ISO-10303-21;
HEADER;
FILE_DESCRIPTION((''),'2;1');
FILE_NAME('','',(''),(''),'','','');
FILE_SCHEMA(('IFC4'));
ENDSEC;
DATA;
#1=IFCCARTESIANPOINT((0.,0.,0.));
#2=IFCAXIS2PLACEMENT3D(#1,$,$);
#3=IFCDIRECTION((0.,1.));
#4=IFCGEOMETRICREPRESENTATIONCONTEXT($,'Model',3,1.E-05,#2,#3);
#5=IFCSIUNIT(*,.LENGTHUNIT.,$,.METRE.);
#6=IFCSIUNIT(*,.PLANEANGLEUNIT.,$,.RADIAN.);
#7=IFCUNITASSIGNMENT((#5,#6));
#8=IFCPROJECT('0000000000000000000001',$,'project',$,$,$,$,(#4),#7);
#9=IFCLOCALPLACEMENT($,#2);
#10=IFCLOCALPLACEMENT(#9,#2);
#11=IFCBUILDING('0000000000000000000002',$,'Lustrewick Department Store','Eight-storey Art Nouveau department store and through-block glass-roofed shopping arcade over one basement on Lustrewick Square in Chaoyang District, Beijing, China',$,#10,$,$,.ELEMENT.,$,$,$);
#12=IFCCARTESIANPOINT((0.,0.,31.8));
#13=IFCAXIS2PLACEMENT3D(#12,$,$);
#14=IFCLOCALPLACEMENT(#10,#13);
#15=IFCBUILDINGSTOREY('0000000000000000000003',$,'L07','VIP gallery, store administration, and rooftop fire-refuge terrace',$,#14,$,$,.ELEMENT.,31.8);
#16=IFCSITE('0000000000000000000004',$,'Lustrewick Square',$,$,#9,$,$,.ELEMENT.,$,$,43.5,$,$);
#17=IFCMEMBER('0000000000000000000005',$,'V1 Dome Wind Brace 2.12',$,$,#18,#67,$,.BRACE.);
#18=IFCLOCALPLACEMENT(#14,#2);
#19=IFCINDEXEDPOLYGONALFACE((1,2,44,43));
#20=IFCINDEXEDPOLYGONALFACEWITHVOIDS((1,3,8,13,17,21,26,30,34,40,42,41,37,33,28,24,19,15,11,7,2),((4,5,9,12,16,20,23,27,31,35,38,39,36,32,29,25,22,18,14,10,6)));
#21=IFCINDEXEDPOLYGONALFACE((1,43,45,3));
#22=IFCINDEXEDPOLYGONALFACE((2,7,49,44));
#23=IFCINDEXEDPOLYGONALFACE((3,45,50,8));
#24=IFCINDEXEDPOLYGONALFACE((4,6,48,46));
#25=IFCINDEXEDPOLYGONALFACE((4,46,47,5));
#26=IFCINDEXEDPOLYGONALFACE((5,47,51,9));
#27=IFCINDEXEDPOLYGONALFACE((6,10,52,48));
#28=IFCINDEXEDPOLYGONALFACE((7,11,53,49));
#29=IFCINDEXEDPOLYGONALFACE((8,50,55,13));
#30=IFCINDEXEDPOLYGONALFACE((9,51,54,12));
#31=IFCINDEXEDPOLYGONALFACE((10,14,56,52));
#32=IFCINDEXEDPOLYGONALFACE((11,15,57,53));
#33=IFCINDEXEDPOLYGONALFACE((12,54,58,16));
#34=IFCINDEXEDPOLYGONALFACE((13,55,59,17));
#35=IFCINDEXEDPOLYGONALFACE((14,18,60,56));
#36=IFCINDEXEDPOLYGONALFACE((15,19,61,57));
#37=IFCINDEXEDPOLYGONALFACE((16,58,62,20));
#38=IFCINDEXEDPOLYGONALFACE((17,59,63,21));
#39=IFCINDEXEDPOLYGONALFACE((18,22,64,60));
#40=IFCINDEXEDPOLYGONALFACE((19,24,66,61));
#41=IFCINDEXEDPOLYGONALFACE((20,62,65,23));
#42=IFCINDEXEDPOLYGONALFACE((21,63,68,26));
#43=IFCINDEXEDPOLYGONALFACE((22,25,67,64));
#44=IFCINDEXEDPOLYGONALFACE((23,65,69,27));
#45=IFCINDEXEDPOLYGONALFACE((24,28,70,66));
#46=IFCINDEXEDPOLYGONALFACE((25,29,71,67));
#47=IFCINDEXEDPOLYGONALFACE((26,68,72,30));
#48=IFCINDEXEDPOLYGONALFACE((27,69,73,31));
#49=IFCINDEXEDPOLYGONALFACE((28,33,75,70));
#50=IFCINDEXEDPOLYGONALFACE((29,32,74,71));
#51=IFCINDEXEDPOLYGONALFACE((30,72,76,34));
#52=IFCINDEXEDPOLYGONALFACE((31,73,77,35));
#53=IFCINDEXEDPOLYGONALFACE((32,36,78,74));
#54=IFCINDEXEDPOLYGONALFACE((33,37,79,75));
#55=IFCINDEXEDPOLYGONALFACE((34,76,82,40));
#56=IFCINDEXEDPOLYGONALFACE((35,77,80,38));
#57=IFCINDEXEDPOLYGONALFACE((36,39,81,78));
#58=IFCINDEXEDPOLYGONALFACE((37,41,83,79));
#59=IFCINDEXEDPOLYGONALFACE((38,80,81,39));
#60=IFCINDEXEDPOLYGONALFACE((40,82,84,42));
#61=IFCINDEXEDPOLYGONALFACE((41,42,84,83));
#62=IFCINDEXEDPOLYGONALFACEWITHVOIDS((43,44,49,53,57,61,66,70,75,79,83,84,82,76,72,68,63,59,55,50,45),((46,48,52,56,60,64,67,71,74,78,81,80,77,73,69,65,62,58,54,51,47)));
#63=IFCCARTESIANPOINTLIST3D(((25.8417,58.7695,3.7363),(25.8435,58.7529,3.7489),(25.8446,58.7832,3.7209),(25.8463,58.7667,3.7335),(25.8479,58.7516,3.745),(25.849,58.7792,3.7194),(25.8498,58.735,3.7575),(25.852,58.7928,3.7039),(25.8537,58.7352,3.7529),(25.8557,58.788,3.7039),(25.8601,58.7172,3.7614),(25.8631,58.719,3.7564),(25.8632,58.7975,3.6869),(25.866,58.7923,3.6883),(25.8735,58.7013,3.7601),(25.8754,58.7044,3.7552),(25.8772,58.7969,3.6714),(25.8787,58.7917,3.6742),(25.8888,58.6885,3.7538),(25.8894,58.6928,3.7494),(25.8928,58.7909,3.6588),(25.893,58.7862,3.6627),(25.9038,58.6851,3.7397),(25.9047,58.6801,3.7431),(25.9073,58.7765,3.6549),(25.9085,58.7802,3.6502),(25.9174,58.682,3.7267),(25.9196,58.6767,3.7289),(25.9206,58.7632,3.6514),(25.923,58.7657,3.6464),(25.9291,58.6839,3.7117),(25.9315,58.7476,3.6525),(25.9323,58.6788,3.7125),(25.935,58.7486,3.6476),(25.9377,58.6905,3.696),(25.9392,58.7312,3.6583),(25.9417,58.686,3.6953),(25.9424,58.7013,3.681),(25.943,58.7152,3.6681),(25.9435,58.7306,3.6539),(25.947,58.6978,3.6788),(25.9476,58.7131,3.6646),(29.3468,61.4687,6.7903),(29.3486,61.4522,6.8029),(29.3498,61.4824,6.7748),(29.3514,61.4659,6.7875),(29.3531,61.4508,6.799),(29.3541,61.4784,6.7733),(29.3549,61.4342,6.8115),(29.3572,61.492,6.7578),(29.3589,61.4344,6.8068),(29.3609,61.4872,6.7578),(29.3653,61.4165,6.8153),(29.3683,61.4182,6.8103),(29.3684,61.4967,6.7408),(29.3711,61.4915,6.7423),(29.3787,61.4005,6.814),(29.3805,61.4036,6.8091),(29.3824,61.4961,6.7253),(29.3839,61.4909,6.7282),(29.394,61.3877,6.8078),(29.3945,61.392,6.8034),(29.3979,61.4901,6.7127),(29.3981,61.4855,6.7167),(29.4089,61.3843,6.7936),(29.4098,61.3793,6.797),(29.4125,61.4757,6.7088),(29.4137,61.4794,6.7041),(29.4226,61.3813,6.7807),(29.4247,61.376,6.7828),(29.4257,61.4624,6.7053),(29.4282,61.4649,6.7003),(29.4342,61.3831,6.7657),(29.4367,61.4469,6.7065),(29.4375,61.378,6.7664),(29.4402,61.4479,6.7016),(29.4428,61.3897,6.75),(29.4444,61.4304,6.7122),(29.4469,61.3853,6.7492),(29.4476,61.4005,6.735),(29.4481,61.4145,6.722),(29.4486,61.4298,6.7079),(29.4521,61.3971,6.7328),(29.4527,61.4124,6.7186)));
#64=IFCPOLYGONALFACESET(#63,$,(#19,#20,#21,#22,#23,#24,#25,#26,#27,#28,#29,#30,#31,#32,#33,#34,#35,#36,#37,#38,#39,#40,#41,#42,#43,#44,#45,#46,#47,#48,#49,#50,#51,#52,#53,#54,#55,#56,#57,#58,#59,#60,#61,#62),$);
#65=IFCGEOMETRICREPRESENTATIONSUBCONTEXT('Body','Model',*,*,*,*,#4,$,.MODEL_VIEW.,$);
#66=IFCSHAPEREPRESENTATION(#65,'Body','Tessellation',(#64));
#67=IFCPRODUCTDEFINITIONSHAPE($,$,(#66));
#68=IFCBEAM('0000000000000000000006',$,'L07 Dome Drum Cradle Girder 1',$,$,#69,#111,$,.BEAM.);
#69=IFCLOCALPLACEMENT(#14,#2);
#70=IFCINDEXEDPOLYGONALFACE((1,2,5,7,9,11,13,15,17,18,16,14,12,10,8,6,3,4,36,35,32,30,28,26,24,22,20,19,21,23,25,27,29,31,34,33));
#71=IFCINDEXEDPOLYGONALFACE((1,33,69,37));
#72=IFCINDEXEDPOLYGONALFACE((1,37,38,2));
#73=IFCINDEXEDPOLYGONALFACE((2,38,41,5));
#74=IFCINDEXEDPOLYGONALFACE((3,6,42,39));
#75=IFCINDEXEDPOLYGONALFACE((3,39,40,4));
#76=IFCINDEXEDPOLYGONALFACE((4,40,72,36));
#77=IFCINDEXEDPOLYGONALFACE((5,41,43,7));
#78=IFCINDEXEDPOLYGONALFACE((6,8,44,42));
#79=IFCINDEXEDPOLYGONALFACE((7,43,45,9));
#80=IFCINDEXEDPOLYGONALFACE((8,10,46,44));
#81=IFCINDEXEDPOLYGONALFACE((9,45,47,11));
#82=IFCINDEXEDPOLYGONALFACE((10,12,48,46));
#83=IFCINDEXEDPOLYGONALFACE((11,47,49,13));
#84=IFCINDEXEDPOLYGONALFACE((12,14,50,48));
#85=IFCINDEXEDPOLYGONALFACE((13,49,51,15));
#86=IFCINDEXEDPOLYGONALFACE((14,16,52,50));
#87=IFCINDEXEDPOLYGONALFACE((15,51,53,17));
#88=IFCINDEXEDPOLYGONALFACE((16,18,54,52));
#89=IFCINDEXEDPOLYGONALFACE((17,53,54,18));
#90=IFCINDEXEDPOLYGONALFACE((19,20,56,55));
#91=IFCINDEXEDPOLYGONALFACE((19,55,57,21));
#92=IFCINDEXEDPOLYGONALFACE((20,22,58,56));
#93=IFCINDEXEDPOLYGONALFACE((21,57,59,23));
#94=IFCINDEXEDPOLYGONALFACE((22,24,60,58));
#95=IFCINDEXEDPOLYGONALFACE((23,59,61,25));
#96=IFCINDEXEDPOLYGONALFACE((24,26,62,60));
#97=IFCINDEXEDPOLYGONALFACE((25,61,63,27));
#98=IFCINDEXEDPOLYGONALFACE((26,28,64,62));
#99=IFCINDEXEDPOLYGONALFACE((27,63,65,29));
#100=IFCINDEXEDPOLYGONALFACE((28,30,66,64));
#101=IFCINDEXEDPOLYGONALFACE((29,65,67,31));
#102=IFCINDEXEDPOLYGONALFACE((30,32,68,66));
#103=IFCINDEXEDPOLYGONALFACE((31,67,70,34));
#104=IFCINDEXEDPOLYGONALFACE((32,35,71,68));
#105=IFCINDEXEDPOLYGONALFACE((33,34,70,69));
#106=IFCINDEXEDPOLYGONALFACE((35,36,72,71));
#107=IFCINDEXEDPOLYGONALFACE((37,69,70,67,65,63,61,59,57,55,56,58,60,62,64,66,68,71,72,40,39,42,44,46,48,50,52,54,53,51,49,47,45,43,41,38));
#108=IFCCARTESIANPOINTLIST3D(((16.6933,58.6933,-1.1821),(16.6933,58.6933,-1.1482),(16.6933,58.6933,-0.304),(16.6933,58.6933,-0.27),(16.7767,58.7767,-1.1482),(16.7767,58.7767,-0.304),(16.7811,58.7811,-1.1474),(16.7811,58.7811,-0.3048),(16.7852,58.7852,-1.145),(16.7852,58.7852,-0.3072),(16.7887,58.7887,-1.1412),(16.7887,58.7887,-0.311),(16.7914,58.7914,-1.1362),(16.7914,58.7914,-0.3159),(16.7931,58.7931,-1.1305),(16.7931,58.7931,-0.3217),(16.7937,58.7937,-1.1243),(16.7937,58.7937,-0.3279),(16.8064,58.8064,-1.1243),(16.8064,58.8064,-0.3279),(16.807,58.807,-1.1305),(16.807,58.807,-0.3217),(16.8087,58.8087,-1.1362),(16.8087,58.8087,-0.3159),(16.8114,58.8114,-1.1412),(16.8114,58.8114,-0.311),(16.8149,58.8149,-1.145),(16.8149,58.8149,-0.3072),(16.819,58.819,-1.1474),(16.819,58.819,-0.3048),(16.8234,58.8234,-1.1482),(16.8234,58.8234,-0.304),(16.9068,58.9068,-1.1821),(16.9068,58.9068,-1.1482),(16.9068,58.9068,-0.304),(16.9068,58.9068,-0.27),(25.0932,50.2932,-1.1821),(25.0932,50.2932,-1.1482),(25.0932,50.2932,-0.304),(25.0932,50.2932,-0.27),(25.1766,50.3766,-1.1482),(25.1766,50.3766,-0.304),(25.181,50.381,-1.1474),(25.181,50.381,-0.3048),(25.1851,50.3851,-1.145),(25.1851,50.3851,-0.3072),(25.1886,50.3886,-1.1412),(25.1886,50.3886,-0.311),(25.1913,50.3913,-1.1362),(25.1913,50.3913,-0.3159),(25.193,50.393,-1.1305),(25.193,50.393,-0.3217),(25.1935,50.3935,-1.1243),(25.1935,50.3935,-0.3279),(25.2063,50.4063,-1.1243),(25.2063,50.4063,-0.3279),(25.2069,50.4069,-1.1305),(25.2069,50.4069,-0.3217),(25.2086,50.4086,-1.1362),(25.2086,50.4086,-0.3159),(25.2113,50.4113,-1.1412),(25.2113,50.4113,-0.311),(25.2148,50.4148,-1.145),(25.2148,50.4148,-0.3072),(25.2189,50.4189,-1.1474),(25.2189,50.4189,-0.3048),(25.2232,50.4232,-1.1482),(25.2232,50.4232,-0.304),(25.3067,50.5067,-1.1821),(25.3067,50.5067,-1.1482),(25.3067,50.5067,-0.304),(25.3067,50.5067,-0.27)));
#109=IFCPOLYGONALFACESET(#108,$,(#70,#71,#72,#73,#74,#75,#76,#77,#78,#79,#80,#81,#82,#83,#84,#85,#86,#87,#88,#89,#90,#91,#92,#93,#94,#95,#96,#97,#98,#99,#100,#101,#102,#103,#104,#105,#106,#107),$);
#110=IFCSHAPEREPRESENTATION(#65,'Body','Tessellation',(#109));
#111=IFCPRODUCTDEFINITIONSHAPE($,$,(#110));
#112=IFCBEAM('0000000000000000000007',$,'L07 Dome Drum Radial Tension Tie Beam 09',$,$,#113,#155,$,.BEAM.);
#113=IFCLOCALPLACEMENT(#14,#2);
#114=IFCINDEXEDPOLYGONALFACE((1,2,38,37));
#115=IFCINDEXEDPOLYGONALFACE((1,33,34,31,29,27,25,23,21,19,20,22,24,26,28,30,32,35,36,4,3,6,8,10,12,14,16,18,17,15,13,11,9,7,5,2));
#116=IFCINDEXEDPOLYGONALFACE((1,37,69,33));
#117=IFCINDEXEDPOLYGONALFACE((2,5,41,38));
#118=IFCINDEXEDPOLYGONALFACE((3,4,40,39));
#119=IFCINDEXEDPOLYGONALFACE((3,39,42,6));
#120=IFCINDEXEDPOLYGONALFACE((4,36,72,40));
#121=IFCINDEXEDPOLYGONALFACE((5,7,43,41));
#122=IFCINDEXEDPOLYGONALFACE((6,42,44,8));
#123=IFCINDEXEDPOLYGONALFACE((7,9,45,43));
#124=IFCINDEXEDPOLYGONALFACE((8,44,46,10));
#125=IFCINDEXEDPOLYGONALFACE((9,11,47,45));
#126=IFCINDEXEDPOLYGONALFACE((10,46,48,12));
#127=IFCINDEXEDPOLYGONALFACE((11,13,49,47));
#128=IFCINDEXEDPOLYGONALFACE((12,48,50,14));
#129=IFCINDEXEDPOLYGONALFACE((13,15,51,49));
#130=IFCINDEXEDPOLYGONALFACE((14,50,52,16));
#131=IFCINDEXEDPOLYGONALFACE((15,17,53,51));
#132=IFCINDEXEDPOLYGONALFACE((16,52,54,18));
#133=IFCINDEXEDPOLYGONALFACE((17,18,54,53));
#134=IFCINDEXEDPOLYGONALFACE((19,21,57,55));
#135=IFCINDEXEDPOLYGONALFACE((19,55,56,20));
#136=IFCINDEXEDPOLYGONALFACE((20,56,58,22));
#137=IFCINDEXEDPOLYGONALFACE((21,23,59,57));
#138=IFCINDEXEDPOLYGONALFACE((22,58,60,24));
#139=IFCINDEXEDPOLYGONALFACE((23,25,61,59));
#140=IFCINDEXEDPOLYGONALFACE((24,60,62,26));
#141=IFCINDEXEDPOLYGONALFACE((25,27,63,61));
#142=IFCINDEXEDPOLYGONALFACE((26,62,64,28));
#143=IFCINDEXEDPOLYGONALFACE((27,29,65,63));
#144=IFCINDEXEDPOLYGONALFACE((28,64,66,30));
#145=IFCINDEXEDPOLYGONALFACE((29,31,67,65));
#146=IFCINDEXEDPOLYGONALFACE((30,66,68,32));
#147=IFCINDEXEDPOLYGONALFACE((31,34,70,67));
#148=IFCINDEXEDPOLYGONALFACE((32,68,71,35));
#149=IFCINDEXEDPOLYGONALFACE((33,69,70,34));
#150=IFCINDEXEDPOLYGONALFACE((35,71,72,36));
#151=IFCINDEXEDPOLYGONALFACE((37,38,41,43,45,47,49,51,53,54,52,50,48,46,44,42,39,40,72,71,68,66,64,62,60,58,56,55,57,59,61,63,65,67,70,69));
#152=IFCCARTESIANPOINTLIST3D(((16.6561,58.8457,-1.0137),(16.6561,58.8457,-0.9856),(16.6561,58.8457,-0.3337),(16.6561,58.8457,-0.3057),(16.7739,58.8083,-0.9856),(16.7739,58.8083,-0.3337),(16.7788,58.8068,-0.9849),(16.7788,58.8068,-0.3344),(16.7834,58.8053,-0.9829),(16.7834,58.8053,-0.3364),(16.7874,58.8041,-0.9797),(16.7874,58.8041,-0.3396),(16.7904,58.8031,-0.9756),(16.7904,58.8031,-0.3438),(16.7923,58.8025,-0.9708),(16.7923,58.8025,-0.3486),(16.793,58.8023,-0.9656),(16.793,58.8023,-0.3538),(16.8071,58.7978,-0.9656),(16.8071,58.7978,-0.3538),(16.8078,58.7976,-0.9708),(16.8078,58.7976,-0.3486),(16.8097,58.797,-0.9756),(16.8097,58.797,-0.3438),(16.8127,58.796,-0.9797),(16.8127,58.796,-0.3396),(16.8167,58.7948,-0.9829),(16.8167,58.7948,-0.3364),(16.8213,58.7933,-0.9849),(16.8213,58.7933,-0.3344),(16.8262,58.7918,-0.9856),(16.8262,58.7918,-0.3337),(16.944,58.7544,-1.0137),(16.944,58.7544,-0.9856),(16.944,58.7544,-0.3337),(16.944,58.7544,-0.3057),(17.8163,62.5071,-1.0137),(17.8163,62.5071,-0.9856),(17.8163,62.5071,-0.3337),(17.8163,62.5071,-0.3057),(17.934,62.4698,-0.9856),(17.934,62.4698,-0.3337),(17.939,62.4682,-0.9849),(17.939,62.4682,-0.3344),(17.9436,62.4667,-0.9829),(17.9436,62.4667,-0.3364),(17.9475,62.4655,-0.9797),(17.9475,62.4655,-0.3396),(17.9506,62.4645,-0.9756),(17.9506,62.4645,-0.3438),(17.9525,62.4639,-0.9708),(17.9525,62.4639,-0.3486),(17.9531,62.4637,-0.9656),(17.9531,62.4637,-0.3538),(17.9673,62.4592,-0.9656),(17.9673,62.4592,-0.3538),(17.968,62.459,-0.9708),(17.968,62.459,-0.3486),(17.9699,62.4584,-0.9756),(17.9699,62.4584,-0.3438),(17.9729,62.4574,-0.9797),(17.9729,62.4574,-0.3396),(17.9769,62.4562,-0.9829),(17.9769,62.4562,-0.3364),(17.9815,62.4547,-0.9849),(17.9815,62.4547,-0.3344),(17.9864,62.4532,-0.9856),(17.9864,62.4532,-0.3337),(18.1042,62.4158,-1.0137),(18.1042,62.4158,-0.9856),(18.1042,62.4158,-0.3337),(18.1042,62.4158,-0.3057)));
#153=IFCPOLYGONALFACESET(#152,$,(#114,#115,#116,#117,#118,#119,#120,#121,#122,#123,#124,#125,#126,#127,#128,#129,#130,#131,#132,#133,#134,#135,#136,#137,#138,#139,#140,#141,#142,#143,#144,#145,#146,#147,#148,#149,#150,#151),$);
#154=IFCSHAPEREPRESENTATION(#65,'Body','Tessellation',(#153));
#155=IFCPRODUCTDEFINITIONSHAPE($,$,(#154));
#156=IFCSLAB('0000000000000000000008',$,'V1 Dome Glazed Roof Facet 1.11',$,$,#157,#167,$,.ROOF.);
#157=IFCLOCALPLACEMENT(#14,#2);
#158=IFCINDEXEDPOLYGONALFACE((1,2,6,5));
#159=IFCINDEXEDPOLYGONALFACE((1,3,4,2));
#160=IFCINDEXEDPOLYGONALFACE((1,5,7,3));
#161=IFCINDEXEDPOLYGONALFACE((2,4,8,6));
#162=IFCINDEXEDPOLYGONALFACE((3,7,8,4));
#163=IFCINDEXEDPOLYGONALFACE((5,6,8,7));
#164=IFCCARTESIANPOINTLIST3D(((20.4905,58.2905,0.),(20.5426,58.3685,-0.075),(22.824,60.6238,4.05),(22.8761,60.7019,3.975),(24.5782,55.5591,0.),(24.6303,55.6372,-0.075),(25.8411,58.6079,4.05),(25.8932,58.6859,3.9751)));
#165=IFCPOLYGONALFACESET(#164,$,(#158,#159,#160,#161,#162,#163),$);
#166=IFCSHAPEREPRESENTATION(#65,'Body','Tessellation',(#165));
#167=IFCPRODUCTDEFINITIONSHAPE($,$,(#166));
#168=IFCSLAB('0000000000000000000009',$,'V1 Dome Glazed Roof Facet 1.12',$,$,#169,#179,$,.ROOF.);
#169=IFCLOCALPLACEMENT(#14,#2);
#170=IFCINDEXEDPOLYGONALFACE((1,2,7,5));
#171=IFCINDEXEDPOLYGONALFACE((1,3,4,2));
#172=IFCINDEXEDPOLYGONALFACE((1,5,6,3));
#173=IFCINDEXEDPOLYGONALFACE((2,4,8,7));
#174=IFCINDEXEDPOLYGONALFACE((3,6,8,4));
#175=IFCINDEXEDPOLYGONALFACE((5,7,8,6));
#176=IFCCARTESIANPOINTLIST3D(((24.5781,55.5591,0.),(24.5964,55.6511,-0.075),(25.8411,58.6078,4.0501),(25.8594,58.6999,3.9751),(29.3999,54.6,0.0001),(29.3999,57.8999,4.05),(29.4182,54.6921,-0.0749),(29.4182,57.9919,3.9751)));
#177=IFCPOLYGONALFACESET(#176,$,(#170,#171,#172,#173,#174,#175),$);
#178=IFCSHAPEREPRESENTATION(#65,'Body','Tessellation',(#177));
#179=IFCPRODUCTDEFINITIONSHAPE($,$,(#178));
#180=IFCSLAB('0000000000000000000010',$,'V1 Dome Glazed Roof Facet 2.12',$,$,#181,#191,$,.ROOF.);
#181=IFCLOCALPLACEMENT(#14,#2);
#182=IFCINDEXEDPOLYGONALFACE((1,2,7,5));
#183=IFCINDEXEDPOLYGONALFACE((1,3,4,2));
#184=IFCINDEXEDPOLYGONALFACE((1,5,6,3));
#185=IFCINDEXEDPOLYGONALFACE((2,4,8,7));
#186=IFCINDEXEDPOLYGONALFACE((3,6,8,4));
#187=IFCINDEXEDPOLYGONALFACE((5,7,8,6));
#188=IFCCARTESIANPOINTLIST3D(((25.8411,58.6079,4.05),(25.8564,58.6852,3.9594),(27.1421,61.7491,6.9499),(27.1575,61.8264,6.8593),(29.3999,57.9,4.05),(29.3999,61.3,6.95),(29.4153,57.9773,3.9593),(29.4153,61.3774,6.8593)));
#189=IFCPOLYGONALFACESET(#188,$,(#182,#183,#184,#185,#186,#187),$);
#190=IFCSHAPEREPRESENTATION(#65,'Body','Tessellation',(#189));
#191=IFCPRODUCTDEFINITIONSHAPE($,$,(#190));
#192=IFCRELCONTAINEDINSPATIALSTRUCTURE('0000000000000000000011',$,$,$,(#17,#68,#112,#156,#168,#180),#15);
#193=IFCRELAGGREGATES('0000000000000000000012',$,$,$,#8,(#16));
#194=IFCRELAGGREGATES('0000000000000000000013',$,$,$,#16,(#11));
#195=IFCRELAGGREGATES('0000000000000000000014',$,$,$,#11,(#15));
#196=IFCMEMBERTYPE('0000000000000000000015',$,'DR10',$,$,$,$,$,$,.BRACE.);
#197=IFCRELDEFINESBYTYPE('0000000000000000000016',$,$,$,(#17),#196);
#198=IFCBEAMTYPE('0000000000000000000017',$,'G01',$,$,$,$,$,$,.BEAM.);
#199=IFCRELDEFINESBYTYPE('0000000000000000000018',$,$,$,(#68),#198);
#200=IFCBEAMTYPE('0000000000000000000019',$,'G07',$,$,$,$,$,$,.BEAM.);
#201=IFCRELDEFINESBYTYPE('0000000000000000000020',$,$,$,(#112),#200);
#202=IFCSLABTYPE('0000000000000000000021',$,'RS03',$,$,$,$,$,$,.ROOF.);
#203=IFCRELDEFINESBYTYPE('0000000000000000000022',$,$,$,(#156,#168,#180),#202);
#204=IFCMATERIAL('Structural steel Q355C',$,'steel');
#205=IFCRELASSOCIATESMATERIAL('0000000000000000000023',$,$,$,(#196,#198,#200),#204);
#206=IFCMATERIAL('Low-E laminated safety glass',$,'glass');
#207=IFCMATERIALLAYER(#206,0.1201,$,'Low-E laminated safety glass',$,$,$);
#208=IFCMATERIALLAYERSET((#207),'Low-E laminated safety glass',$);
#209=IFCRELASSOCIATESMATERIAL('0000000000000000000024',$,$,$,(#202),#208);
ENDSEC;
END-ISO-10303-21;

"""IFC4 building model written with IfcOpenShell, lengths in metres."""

from ifc_helpers import new_model, si_unit, direction, frame, origin, origin_2d, place, context, subcontext, project, spatial, polyline, hollow_circle, i_section, outline, extrude, material, layer, layer_set, material_profile, profile_set, type_object, element, save


model = new_model("IFC4")

# Units and contexts
model_context = context("Model", 3, precision=1e-05, world=origin(), true_north=direction((0.0, 1.0)))
body_context = subcontext(model_context, "Body", "Model", "MODEL_VIEW")
ifc_project = project(units=[si_unit("LENGTHUNIT", "METRE"), si_unit("PLANEANGLEUNIT", "RADIAN")], contexts=[model_context])

# Site, building, storey
site_placement = place(None, origin())
site = spatial("IfcSite", under=ifc_project, at=site_placement, Name="Lustrewick Square", CompositionType="ELEMENT", RefElevation=43.5)
building_placement = place(site_placement, origin())
building = spatial("IfcBuilding", under=site, at=building_placement, Name="Lustrewick Department Store", Description="Eight-storey Art Nouveau department store and through-block glass-roofed shopping arcade over one basement on Lustrewick Square in Chaoyang District, Beijing, China", CompositionType="ELEMENT")
storey_placement = place(building_placement, frame((0.0, 0.0, 31.8)))
storey = spatial("IfcBuildingStorey", under=building, at=storey_placement, Name="L07", Description="VIP gallery, store administration, and rooftop fire-refuge terrace", CompositionType="ELEMENT", Elevation=31.8)

# Member
ifc_material_1 = material(Name="Structural steel Q355C", Category="steel")
ifc_material_profile_1 = material_profile(ifc_material_1, hollow_circle(Radius=0.0701, WallThickness=0.0061, at=origin_2d()), Name="CHS 140x6")
ifc_profile_set_1 = profile_set([ifc_material_profile_1], Name="Structural steel Q355C")
member_type_1 = type_object("IfcMemberType", Name="DR10", PredefinedType="BRACE", material=ifc_profile_set_1)
member_1_placement = place(storey_placement, frame((25.8948, 58.7373, 3.7039), z_axis=(0.65203, 0.502113, 0.568102), x_axis=(-0.610132, 0.7923, 0.0)))
element("IfcMember", 1, at=member_1_placement, inside=storey, type_object=member_type_1, Name="V1 Dome Wind Brace 2.12", PredefinedType="BRACE", context=body_context, shape_type="SweptSolid", body=[
    extrude(hollow_circle(Radius=0.0701, WallThickness=0.0061, at=origin_2d()), origin(), (0.0, 0.0, 1.0), 5.3757),
])

# Beams
ifc_material_profile_2 = material_profile(ifc_material_1, i_section(OverallWidth=0.302, OverallDepth=0.9121, WebThickness=0.0181, FlangeThickness=0.0339, FilletRadius=0.0239, at=origin_2d()), Name="HN 912x302x18x34")
ifc_profile_set_2 = profile_set([ifc_material_profile_2], Name="Structural steel Q355C")
beam_type_1 = type_object("IfcBeamType", Name="G01", PredefinedType="BEAM", material=ifc_profile_set_2)
beam_1_placement = place(storey_placement, frame((16.8, 58.8, -0.7261), z_axis=(0.707097, -0.707117, 0.0), x_axis=(0.707117, 0.707097, 0.0)))
element("IfcBeam", 2, at=beam_1_placement, inside=storey, type_object=beam_type_1, Name="L07 Dome Drum Cradle Girder 1", PredefinedType="BEAM", context=body_context, shape_type="SweptSolid", body=[
    extrude(i_section(OverallWidth=0.302, OverallDepth=0.9121, WebThickness=0.0181, FlangeThickness=0.0339, FilletRadius=0.0239, at=origin_2d()), origin(), (0.0, 0.0, 1.0), 11.8794),
])
ifc_material_profile_3 = material_profile(ifc_material_1, i_section(OverallWidth=0.302, OverallDepth=0.708, WebThickness=0.0149, FlangeThickness=0.0281, FilletRadius=0.02, at=origin_2d()), Name="HN 708x302x15x28")
ifc_profile_set_3 = profile_set([ifc_material_profile_3], Name="Structural steel Q355C")
beam_type_2 = type_object("IfcBeamType", Name="G07", PredefinedType="BEAM", material=ifc_profile_set_3)
beam_2_placement = place(storey_placement, frame((16.8, 58.8, -0.6597), z_axis=(0.302062, 0.953288, 0.0), x_axis=(-0.953288, 0.302062, 0.0)))
element("IfcBeam", 3, at=beam_2_placement, inside=storey, type_object=beam_type_2, Name="L07 Dome Drum Radial Tension Tie Beam 09", PredefinedType="BEAM", context=body_context, shape_type="SweptSolid", body=[
    extrude(i_section(OverallWidth=0.302, OverallDepth=0.708, WebThickness=0.0149, FlangeThickness=0.0281, FilletRadius=0.02, at=origin_2d()), origin(), (0.0, 0.0, 1.0), 3.8408),
])

# Slabs
ifc_material_2 = material(Name="Low-E laminated safety glass", Category="glass")
ifc_layer = layer(ifc_material_2, 0.1201, Name="Low-E laminated safety glass")
ifc_layer_set = layer_set([ifc_layer], Name="Low-E laminated safety glass")
slab_type = type_object("IfcSlabType", Name="RS03", PredefinedType="ROOF", material=ifc_layer_set)
slab_1_placement = place(storey_placement, frame((20.4905, 58.2905, 0.0), z_axis=(-0.434015, -0.649538, 0.624285), x_axis=(0.831461, -0.555583, -0.00001)))
element("IfcSlab", 4, at=slab_1_placement, inside=storey, type_object=slab_type, Name="V1 Dome Glazed Roof Facet 1.11", PredefinedType="ROOF", context=body_context, shape_type="SweptSolid", body=[
    extrude(outline(polyline([(0.0, 0.0), (4.9163, 0.0), (4.2724, 5.1845), (0.6439, 5.1844), (0.0, 0.0)])), origin(), (0.0, 0.0, -1.0), 0.1201),
])
slab_2_placement = place(storey_placement, frame((24.5781, 55.5591, 0.0), z_axis=(-0.152403, -0.76619, 0.624281), x_axis=(0.980787, -0.19508, 0.000011)))
element("IfcSlab", 5, at=slab_2_placement, inside=storey, type_object=slab_type, Name="V1 Dome Glazed Roof Facet 1.12", PredefinedType="ROOF", context=body_context, shape_type="SweptSolid", body=[
    extrude(outline(polyline([(0.0, 0.0), (4.9162, 0.0), (4.2725, 5.1843), (0.644, 5.1845), (0.0, 0.0)])), origin(), (0.0, 0.0, -1.0), 0.1201),
])
slab_3_placement = place(storey_placement, frame((25.8411, 58.6079, 4.05), z_axis=(-0.128016, -0.643592, 0.754587), x_axis=(0.980782, -0.195106, -0.000017)))
element("IfcSlab", 6, at=slab_3_placement, inside=storey, type_object=slab_type, Name="V1 Dome Glazed Roof Facet 2.12", PredefinedType="ROOF", context=body_context, shape_type="SweptSolid", body=[
    extrude(outline(polyline([(0.0, 0.0), (3.6286, 0.0), (2.9651, 4.4193), (0.6631, 4.4192), (0.0, 0.0)])), origin(), (0.0, 0.0, -1.0), 0.1201),
])

save(model, "model.ifc")
